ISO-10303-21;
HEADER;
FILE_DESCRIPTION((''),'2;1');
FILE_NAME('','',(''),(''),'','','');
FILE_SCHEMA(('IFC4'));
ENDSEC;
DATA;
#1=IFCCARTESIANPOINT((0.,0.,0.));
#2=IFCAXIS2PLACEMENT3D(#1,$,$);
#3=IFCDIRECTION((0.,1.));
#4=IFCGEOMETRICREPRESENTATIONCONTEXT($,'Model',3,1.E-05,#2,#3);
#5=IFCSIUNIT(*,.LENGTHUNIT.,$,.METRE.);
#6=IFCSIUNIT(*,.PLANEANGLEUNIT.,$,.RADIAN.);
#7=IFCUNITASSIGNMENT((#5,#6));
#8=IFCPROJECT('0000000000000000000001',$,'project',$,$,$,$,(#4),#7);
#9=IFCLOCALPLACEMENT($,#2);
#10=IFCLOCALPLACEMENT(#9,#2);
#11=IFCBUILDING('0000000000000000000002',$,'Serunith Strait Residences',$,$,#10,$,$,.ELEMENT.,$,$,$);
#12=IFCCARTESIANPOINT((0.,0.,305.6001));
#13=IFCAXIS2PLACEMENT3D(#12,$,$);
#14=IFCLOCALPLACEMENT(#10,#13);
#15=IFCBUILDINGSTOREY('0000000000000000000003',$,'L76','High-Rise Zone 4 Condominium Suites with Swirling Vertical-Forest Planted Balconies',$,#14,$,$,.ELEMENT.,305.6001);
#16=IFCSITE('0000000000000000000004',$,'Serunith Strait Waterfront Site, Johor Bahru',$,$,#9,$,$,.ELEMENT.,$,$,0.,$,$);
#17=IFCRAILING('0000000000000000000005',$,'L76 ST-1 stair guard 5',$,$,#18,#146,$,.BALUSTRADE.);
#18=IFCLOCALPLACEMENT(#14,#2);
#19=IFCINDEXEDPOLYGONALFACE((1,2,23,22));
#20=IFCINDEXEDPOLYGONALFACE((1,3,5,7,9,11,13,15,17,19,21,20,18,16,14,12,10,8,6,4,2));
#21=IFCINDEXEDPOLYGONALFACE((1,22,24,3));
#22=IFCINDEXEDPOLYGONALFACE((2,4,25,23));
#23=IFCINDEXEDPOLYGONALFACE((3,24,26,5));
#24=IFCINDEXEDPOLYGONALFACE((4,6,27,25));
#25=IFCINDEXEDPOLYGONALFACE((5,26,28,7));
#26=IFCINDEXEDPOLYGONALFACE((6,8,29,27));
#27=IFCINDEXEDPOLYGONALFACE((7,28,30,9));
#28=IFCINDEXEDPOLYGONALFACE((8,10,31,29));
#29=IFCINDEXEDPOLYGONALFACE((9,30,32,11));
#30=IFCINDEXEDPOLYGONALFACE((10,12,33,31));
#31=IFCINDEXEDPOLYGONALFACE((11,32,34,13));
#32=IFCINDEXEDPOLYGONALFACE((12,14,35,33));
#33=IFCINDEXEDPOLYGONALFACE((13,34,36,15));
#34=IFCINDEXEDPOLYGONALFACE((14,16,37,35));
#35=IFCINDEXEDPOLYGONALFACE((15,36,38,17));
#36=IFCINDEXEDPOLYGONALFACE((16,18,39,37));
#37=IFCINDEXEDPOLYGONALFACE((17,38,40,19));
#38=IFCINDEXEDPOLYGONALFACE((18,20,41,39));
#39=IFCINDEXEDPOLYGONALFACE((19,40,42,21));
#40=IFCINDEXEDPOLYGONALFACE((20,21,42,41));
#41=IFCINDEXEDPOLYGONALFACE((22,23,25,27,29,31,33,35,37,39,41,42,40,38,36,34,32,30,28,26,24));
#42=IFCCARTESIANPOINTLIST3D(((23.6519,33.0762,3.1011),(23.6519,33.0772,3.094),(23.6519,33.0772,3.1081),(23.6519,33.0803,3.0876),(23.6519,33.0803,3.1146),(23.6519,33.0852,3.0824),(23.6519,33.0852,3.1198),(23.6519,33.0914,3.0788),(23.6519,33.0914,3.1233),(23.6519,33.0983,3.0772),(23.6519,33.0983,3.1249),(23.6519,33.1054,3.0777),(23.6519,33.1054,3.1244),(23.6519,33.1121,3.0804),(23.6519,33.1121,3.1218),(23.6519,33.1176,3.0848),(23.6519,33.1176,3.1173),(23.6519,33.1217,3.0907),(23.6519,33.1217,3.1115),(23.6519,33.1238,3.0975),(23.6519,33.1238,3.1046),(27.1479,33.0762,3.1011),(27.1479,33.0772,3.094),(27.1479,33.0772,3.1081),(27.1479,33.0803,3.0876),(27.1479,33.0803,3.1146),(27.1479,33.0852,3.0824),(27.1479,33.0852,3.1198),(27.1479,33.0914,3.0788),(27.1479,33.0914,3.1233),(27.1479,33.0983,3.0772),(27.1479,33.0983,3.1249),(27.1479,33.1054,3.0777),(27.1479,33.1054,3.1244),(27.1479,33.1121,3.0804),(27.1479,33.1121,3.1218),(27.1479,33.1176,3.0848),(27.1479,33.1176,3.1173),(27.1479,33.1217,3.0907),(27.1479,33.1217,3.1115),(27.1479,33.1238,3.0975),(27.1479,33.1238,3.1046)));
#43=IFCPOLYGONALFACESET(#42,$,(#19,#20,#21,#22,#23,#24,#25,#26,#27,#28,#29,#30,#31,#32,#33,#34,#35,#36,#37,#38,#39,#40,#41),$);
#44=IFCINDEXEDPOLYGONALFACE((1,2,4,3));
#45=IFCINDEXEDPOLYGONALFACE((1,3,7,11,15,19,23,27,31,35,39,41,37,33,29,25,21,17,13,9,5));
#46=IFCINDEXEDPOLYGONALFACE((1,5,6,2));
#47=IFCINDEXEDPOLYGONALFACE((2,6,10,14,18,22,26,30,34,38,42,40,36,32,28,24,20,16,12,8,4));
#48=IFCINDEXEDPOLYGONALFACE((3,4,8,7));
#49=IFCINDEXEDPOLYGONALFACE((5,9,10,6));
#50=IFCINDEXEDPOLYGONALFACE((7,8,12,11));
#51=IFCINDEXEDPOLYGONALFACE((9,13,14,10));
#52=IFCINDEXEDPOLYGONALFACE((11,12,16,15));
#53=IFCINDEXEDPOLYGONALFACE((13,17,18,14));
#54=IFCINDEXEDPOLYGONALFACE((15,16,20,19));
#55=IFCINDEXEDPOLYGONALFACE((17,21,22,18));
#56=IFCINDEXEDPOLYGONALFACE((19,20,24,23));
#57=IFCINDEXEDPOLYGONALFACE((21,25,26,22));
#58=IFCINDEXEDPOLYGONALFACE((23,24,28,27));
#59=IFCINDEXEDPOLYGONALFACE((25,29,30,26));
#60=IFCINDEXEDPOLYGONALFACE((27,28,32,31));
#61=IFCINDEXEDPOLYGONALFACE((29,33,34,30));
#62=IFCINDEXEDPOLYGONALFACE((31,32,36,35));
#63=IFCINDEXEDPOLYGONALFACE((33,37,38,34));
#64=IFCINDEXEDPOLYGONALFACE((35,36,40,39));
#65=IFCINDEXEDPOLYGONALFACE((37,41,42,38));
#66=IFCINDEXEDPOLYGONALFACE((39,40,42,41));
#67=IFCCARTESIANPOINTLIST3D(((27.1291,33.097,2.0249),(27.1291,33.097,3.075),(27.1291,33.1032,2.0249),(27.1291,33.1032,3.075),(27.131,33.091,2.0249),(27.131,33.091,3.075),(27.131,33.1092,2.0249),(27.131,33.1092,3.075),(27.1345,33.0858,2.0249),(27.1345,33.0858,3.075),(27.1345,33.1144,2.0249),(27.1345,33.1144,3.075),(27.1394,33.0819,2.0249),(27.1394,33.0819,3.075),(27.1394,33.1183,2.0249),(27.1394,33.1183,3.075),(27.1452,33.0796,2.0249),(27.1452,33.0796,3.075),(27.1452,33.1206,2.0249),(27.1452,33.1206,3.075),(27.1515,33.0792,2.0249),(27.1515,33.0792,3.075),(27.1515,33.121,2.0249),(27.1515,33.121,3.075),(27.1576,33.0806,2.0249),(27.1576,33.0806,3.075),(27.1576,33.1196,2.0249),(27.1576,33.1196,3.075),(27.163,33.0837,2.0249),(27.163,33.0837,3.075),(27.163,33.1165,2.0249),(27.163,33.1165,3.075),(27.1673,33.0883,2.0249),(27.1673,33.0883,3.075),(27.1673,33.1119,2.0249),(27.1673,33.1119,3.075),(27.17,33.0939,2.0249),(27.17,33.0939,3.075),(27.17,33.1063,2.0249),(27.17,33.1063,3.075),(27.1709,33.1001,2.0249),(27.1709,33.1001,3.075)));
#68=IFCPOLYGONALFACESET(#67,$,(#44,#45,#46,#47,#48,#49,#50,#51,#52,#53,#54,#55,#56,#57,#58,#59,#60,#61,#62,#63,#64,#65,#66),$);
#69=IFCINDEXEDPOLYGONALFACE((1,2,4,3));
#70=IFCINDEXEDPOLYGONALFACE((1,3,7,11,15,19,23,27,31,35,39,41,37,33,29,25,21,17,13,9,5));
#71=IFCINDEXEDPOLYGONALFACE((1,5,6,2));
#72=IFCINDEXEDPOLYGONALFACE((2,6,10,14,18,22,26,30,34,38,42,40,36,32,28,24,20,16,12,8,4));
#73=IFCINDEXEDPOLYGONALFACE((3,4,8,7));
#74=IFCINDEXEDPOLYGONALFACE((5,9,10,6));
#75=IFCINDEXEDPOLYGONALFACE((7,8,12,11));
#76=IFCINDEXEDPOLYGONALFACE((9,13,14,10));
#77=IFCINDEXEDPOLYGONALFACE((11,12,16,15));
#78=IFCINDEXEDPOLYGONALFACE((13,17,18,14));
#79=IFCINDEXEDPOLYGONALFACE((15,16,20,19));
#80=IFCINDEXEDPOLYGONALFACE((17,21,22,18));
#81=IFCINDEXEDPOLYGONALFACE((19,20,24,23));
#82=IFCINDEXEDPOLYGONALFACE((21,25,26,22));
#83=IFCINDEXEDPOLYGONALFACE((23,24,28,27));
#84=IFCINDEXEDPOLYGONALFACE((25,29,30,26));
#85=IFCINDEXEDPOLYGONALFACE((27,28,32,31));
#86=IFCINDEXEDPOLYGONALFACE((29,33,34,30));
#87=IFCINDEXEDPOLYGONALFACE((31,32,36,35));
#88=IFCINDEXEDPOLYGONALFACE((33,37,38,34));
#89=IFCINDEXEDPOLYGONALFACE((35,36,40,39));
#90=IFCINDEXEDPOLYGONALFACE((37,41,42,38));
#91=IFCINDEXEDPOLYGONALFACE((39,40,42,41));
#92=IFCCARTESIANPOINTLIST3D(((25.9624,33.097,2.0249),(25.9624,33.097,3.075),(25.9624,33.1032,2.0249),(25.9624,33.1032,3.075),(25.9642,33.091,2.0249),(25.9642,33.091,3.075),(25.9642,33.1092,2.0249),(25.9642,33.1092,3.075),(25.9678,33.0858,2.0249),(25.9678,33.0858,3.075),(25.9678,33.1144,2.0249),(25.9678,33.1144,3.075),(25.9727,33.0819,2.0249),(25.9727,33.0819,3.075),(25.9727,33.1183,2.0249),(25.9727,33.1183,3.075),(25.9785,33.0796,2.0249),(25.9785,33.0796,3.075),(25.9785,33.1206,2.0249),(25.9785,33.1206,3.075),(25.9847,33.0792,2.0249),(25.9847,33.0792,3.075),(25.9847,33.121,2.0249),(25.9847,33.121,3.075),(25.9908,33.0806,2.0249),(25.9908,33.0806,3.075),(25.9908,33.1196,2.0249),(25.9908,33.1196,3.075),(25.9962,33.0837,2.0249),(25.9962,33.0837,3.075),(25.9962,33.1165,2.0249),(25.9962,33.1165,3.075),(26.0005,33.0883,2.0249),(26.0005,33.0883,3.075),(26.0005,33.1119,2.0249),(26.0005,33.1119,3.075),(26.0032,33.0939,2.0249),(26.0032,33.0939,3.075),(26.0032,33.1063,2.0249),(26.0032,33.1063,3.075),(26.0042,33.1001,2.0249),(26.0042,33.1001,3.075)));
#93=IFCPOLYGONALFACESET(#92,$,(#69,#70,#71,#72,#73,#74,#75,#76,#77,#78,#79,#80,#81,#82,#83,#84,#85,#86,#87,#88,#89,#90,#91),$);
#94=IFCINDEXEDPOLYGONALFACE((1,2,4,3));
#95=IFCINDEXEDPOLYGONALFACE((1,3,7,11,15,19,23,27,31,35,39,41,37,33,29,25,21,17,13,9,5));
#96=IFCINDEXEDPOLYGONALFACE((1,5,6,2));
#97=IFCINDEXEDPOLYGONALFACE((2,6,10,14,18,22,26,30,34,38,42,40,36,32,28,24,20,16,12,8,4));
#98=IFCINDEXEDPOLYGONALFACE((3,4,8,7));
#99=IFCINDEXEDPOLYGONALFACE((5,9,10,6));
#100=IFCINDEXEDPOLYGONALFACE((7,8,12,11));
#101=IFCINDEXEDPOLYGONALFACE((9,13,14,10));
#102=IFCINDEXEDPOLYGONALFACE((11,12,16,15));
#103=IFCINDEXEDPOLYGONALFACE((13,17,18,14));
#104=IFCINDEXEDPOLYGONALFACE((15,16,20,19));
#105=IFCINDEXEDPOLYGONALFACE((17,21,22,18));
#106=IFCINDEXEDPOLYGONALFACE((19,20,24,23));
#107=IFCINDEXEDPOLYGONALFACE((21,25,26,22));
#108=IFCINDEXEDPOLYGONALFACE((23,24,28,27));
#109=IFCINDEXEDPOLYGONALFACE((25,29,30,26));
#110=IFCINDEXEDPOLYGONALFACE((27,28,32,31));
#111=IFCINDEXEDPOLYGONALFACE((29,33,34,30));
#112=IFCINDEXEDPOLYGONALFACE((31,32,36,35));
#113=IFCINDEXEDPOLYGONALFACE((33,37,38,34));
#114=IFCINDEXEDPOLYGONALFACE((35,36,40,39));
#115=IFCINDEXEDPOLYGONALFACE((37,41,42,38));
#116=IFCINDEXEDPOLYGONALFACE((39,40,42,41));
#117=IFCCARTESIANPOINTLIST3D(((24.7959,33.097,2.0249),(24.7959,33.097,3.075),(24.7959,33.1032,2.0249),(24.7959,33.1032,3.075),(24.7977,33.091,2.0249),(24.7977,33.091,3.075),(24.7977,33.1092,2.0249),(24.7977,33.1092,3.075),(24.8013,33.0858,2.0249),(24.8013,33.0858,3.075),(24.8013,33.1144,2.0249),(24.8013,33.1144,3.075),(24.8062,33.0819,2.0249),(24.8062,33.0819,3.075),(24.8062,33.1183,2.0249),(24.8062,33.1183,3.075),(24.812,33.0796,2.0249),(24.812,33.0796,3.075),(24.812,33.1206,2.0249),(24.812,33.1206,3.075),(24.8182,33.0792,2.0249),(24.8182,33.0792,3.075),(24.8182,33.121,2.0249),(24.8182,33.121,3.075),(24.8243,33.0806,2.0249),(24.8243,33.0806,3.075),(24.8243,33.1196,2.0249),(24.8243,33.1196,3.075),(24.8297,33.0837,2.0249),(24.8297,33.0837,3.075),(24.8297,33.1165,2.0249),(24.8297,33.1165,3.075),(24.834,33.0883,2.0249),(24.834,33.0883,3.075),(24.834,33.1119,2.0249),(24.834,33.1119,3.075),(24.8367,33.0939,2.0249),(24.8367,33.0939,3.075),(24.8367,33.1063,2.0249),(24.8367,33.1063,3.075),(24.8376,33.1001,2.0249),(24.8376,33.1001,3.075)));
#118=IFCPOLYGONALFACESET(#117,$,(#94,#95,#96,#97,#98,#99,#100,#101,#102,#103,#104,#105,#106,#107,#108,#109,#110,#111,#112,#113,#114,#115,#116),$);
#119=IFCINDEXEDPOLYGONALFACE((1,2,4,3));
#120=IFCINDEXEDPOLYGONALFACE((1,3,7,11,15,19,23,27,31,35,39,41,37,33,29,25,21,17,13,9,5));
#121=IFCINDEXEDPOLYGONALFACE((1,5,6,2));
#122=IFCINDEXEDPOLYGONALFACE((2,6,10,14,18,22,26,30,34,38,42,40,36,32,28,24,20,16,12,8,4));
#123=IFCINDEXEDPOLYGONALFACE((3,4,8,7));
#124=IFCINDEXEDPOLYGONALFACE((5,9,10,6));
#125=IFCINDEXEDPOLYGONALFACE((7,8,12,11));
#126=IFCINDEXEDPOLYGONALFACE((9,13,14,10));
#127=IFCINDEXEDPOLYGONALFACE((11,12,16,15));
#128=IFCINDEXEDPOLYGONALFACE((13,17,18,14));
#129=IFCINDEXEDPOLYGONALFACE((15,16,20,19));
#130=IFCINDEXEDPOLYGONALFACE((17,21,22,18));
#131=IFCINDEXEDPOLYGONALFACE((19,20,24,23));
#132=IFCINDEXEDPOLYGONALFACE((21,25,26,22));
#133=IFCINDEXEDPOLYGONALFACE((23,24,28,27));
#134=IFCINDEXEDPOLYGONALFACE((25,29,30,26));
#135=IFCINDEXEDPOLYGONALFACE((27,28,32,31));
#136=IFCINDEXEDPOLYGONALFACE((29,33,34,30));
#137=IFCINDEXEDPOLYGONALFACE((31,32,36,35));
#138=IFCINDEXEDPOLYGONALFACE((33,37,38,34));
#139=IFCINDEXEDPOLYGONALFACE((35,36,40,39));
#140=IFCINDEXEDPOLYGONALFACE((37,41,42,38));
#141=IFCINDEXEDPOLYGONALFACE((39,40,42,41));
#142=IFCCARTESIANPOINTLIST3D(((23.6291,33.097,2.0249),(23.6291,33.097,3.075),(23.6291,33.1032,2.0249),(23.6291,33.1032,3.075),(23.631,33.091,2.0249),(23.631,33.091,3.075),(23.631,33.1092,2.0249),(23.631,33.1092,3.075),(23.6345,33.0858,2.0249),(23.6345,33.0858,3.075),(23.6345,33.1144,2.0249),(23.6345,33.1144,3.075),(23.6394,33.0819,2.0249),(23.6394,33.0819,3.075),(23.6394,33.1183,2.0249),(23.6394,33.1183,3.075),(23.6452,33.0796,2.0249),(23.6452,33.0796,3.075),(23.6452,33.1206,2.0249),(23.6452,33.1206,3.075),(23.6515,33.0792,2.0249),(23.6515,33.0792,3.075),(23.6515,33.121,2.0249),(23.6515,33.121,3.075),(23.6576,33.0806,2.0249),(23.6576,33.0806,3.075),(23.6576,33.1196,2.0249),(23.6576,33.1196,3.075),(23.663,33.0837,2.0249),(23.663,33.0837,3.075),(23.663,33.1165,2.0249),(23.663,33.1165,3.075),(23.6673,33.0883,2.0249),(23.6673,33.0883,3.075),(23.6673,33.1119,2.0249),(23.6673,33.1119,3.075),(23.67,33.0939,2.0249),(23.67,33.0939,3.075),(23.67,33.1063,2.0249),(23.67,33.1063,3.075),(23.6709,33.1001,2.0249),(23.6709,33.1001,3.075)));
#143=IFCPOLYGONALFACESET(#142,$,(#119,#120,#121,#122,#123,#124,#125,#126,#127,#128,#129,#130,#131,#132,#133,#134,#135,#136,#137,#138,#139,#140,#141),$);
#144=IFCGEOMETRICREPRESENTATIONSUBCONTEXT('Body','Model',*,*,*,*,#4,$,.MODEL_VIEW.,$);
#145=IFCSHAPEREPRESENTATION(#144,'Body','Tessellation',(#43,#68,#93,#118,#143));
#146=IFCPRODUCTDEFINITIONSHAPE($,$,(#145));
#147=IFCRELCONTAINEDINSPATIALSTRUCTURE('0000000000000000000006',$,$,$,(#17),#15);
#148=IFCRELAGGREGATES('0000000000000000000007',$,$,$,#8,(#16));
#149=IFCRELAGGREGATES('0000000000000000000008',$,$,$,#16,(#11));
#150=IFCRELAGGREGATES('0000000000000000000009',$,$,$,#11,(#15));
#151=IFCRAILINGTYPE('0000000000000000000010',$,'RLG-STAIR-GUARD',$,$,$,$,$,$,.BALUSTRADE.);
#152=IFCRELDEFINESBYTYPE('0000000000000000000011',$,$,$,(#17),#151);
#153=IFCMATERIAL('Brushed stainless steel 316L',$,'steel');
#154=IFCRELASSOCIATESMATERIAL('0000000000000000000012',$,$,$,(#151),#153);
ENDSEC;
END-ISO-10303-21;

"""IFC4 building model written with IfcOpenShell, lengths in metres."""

from ifc_helpers import new_model, si_unit, direction, frame, origin, origin_2d, place, context, subcontext, project, spatial, circle, extrude, material, type_object, element, save


model = new_model("IFC4")

# Units and contexts
model_context = context("Model", 3, precision=1e-05, world=origin(), true_north=direction((0.0, 1.0)))
body_context = subcontext(model_context, "Body", "Model", "MODEL_VIEW")
ifc_project = project(units=[si_unit("LENGTHUNIT", "METRE"), si_unit("PLANEANGLEUNIT", "RADIAN")], contexts=[model_context])

# Site, building, storey
site_placement = place(None, origin())
site = spatial("IfcSite", under=ifc_project, at=site_placement, Name="Serunith Strait Waterfront Site, Johor Bahru", CompositionType="ELEMENT", RefElevation=0.0)
building_placement = place(site_placement, origin())
building = spatial("IfcBuilding", under=site, at=building_placement, Name="Serunith Strait Residences", CompositionType="ELEMENT")
storey_placement = place(building_placement, frame((0.0, 0.0, 305.6001)))
storey = spatial("IfcBuildingStorey", under=building, at=storey_placement, Name="L76", Description="High-Rise Zone 4 Condominium Suites with Swirling Vertical-Forest Planted Balconies", CompositionType="ELEMENT", Elevation=305.6001)

# Railing
ifc_material_1 = material(Name="Brushed stainless steel 316L", Category="steel")
railing_type_1 = type_object("IfcRailingType", Name="RLG-STAIR-GUARD", PredefinedType="BALUSTRADE", material=ifc_material_1)
railing_1_placement = place(storey_placement, frame((27.1499, 33.1001, 2.0249)))
element("IfcRailing", 1, at=railing_1_placement, inside=storey, type_object=railing_type_1, Name="L76 ST-1 stair guard 5", PredefinedType="BALUSTRADE", context=body_context, shape_type="SweptSolid", body=[
    extrude(circle(Radius=0.0239, at=origin_2d()), frame((-0.002, 0.0, 1.0762), z_axis=(-1.0, 0.0, 0.0), x_axis=(0.0, -1.0, 0.0)), (0.0, 0.0, 1.0), 3.4961),
    extrude(circle(Radius=0.021, at=origin_2d()), origin(), (0.0, 0.0, 1.0), 1.05),
    extrude(circle(Radius=0.021, at=origin_2d()), frame((-1.1667, 0.0, 0.0)), (0.0, 0.0, 1.0), 1.05),
    extrude(circle(Radius=0.021, at=origin_2d()), frame((-2.3333, 0.0, 0.0)), (0.0, 0.0, 1.0), 1.05),
    extrude(circle(Radius=0.021, at=origin_2d()), frame((-3.5, 0.0, 0.0)), (0.0, 0.0, 1.0), 1.05),
])

save(model, "model.ifc")
